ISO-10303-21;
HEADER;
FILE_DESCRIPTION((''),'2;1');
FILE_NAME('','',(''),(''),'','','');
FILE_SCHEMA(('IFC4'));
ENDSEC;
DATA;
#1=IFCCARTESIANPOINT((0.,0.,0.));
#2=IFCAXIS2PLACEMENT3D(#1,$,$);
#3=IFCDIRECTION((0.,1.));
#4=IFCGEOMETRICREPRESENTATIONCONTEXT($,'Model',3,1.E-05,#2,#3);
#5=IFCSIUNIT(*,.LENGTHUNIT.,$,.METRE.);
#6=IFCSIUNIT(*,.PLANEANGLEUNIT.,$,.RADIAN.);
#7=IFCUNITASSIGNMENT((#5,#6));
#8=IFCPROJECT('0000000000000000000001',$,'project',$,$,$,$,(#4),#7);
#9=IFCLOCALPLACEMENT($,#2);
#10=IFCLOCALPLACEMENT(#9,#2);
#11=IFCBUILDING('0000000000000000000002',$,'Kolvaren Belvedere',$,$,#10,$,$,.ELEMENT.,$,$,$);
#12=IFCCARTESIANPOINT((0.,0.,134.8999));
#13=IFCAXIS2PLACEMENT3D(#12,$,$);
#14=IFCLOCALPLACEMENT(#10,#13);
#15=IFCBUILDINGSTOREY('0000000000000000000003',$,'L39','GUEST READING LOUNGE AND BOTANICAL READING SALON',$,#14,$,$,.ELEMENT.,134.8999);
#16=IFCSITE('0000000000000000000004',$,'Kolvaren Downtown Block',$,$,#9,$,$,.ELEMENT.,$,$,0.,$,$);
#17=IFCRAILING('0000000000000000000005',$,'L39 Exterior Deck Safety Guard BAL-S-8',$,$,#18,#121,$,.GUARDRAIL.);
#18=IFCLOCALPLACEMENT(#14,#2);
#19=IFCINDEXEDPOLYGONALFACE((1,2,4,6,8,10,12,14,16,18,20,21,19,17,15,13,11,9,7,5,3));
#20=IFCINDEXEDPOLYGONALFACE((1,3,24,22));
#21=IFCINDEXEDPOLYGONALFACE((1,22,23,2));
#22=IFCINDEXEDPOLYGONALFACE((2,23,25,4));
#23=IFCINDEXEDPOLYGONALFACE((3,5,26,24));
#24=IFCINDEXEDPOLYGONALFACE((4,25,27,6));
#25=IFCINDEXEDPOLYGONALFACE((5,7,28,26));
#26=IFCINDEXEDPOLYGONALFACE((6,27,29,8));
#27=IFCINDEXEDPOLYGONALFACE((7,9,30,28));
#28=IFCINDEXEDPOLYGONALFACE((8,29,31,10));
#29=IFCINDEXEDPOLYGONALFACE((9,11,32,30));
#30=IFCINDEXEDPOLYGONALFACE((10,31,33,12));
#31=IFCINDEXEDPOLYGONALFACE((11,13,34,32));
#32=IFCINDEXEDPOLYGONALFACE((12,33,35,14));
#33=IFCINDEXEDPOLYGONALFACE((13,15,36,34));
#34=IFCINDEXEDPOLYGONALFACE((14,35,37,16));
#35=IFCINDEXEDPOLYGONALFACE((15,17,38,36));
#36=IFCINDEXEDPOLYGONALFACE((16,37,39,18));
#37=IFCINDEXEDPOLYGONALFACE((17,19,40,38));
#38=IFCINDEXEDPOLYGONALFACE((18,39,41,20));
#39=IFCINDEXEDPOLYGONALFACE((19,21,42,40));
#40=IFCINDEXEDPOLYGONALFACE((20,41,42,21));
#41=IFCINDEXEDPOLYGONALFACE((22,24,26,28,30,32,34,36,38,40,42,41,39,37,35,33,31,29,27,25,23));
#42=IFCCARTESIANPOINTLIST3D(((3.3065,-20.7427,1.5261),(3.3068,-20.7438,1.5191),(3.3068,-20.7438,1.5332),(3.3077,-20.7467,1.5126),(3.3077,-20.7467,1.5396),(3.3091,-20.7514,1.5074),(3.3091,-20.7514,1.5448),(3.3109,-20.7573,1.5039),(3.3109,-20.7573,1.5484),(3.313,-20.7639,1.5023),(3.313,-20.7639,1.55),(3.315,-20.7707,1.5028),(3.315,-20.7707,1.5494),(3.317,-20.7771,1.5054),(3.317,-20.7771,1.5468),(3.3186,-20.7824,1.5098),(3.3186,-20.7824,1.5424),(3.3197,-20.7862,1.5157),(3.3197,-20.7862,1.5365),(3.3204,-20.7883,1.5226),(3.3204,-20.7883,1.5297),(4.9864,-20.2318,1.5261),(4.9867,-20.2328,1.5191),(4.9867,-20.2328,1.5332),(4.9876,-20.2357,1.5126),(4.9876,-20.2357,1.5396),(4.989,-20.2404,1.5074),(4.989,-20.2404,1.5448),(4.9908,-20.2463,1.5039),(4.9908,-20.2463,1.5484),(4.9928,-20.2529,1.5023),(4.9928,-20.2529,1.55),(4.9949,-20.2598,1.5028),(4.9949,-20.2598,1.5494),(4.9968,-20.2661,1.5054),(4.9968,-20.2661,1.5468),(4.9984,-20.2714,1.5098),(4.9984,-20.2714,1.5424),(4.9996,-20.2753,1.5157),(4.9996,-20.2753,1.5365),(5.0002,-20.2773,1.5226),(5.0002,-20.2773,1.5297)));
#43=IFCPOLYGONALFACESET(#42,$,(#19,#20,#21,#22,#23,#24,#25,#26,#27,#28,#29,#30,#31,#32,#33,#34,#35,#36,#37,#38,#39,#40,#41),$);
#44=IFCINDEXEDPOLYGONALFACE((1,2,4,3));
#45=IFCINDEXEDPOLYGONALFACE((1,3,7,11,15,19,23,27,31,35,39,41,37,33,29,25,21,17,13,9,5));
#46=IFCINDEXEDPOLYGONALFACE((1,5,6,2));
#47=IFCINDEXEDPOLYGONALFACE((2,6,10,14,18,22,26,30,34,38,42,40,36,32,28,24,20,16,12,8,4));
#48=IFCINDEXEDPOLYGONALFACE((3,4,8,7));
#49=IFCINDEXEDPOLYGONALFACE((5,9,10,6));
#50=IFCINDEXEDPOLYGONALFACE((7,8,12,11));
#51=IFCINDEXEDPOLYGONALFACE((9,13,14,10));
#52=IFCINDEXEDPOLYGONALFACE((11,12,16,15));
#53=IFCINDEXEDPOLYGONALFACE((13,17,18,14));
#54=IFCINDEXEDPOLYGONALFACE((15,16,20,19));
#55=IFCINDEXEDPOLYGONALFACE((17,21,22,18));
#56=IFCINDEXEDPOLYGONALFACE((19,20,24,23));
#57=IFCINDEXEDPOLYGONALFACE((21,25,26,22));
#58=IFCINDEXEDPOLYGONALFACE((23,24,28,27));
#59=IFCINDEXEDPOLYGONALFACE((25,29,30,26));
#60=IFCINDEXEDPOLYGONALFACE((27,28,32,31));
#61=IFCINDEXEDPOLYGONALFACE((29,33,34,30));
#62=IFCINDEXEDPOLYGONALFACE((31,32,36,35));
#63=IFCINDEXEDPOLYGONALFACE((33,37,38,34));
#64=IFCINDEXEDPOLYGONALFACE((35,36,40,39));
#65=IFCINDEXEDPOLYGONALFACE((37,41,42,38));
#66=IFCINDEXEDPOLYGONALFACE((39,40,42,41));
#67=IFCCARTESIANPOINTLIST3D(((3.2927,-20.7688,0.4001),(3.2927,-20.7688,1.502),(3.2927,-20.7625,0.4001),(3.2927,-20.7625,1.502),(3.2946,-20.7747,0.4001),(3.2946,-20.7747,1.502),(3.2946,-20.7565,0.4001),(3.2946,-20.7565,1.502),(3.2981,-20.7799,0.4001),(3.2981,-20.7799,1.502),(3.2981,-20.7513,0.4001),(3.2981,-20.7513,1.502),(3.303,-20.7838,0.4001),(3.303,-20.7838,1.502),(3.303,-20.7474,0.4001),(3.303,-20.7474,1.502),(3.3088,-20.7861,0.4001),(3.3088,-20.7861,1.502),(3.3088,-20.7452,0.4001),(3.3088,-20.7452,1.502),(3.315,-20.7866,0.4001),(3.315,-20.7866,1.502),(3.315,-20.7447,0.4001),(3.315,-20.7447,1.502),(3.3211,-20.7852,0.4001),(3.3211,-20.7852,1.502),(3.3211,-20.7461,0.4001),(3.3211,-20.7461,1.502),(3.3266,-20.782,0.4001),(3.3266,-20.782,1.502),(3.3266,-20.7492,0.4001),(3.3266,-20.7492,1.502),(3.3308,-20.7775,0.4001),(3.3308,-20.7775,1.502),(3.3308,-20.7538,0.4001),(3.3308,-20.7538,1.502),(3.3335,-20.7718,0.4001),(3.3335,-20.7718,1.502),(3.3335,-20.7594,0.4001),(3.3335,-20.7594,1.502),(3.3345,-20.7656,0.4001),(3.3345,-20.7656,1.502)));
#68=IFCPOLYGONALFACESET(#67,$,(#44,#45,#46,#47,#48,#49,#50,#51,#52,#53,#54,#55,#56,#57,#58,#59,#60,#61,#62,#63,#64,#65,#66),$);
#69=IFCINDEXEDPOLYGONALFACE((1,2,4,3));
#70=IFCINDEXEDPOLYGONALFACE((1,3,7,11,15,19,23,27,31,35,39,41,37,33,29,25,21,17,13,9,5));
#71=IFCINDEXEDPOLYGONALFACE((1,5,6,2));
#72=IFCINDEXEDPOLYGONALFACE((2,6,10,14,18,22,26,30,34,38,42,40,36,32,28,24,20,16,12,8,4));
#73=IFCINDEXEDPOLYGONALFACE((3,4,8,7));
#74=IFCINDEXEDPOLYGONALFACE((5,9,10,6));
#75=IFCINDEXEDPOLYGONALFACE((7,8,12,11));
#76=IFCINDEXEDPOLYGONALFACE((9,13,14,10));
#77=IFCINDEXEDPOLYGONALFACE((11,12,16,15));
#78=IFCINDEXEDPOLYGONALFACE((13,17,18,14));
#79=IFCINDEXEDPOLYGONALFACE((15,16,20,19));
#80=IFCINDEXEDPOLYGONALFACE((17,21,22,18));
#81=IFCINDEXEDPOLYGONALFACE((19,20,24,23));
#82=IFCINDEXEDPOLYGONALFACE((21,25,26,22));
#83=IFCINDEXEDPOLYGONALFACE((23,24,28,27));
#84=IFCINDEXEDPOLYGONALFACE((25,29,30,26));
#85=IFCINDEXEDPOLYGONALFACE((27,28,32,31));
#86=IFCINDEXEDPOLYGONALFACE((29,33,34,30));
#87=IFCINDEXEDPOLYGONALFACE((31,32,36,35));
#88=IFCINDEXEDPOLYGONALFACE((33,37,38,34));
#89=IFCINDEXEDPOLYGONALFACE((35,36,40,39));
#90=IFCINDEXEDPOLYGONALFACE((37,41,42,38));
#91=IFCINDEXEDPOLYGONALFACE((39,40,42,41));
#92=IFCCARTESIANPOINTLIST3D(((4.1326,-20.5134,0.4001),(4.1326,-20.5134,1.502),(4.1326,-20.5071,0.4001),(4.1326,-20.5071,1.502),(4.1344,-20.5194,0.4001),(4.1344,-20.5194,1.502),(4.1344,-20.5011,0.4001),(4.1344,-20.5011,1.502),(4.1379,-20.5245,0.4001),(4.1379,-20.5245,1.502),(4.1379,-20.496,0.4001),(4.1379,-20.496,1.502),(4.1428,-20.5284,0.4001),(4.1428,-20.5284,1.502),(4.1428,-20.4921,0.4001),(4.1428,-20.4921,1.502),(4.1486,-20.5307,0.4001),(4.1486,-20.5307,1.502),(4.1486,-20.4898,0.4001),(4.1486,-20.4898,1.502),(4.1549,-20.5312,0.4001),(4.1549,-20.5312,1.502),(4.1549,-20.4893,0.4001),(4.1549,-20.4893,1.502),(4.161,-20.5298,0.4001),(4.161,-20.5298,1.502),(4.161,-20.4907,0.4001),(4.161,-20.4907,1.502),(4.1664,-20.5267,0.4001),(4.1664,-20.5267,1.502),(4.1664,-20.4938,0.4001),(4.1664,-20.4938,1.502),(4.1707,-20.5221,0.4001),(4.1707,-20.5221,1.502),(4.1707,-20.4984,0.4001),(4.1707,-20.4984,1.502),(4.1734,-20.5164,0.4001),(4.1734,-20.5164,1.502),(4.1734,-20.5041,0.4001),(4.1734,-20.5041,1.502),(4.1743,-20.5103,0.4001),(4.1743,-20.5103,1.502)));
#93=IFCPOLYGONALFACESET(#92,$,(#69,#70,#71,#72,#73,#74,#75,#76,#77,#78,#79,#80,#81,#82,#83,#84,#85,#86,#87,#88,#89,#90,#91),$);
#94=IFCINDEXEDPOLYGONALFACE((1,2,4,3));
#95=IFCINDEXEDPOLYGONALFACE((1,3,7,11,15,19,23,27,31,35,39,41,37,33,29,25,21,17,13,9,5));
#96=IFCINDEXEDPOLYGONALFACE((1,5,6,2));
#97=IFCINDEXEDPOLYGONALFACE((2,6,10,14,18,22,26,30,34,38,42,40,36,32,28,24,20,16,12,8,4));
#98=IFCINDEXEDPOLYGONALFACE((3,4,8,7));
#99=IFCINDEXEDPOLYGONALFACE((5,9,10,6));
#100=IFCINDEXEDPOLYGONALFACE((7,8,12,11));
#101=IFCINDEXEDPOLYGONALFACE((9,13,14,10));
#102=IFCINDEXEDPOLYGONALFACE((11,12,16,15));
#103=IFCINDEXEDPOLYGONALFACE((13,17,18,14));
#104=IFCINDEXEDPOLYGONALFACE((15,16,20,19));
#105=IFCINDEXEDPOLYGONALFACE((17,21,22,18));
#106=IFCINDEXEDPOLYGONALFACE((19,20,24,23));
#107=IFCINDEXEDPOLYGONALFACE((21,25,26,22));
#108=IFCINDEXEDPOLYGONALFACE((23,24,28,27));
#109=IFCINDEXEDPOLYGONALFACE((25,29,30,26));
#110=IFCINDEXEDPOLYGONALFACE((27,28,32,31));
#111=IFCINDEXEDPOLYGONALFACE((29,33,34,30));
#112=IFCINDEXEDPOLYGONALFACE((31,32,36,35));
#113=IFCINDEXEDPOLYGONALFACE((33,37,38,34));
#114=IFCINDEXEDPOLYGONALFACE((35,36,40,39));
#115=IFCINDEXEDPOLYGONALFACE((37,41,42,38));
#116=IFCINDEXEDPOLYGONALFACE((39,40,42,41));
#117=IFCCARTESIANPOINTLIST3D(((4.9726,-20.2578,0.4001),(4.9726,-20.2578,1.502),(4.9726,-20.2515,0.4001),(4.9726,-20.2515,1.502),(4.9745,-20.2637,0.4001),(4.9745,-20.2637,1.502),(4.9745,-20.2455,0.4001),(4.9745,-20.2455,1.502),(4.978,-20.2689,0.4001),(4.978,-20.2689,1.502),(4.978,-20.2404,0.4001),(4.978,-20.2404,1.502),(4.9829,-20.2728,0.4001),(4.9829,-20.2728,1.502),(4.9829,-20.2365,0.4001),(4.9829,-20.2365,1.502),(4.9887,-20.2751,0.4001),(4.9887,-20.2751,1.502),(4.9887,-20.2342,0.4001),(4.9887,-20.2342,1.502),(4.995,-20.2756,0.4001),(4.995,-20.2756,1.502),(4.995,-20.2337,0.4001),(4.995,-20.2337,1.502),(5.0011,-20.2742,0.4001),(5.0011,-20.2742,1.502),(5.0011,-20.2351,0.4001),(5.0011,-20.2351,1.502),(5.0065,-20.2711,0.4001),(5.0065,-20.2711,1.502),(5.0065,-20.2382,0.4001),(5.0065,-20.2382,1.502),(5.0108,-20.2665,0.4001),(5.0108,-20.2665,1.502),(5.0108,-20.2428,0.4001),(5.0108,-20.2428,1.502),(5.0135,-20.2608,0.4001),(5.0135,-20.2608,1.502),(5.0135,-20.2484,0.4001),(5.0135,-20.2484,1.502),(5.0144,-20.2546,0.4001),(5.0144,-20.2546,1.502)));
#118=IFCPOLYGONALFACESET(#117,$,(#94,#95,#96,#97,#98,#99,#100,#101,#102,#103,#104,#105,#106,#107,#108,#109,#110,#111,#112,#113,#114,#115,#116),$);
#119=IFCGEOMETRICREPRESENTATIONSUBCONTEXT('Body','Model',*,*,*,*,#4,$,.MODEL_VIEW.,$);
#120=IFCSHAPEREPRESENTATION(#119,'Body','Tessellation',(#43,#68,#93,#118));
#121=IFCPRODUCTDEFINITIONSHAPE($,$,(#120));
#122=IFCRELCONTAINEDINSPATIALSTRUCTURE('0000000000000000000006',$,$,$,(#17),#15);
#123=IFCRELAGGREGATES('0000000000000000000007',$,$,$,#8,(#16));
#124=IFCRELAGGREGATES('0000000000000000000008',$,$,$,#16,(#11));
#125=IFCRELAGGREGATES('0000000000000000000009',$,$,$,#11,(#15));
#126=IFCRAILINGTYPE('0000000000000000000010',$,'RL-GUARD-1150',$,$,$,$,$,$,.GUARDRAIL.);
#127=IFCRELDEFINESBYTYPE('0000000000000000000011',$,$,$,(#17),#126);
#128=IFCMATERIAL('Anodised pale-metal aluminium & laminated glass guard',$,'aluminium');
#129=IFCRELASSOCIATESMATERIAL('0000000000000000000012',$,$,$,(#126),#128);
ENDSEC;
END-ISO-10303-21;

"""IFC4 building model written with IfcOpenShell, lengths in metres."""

from ifc_helpers import new_model, si_unit, direction, frame, origin, origin_2d, place, context, subcontext, project, spatial, circle, extrude, material, type_object, element, save


model = new_model("IFC4")

# Units and contexts
model_context = context("Model", 3, precision=1e-05, world=origin(), true_north=direction((0.0, 1.0)))
body_context = subcontext(model_context, "Body", "Model", "MODEL_VIEW")
ifc_project = project(units=[si_unit("LENGTHUNIT", "METRE"), si_unit("PLANEANGLEUNIT", "RADIAN")], contexts=[model_context])

# Site, building, storey
site_placement = place(None, origin())
site = spatial("IfcSite", under=ifc_project, at=site_placement, Name="Kolvaren Downtown Block", CompositionType="ELEMENT", RefElevation=0.0)
building_placement = place(site_placement, origin())
building = spatial("IfcBuilding", under=site, at=building_placement, Name="Kolvaren Belvedere", CompositionType="ELEMENT")
storey_placement = place(building_placement, frame((0.0, 0.0, 134.8999)))
storey = spatial("IfcBuildingStorey", under=building, at=storey_placement, Name="L39", Description="GUEST READING LOUNGE AND BOTANICAL READING SALON", CompositionType="ELEMENT", Elevation=134.8999)

# Railing
ifc_material_1 = material(Name="Anodised pale-metal aluminium & laminated glass guard", Category="aluminium")
railing_type = type_object("IfcRailingType", Name="RL-GUARD-1150", PredefinedType="GUARDRAIL", material=ifc_material_1)
railing_1_placement = place(storey_placement, frame((3.3135, -20.7656, 0.4001)))
element("IfcRailing", 1, at=railing_1_placement, inside=storey, type_object=railing_type, Name="L39 Exterior Deck Safety Guard BAL-S-8", PredefinedType="GUARDRAIL", context=body_context, shape_type="SweptSolid", body=[
    extrude(circle(Radius=0.0239, at=origin_2d()), frame((0.0, 0.0, 1.126), z_axis=(0.956721, 0.291007, 0.0), x_axis=(-0.291007, 0.956721, 0.0)), (0.0, 0.0, 1.0), 1.7559),
    extrude(circle(Radius=0.021, at=origin_2d()), origin(), (0.0, 0.0, 1.0), 1.1018),
    extrude(circle(Radius=0.021, at=origin_2d()), frame((0.8398, 0.2554, 0.0)), (0.0, 0.0, 1.0), 1.1018),
    extrude(circle(Radius=0.021, at=origin_2d()), frame((1.6799, 0.511, 0.0)), (0.0, 0.0, 1.0), 1.1018),
])

save(model, "model.ifc")
